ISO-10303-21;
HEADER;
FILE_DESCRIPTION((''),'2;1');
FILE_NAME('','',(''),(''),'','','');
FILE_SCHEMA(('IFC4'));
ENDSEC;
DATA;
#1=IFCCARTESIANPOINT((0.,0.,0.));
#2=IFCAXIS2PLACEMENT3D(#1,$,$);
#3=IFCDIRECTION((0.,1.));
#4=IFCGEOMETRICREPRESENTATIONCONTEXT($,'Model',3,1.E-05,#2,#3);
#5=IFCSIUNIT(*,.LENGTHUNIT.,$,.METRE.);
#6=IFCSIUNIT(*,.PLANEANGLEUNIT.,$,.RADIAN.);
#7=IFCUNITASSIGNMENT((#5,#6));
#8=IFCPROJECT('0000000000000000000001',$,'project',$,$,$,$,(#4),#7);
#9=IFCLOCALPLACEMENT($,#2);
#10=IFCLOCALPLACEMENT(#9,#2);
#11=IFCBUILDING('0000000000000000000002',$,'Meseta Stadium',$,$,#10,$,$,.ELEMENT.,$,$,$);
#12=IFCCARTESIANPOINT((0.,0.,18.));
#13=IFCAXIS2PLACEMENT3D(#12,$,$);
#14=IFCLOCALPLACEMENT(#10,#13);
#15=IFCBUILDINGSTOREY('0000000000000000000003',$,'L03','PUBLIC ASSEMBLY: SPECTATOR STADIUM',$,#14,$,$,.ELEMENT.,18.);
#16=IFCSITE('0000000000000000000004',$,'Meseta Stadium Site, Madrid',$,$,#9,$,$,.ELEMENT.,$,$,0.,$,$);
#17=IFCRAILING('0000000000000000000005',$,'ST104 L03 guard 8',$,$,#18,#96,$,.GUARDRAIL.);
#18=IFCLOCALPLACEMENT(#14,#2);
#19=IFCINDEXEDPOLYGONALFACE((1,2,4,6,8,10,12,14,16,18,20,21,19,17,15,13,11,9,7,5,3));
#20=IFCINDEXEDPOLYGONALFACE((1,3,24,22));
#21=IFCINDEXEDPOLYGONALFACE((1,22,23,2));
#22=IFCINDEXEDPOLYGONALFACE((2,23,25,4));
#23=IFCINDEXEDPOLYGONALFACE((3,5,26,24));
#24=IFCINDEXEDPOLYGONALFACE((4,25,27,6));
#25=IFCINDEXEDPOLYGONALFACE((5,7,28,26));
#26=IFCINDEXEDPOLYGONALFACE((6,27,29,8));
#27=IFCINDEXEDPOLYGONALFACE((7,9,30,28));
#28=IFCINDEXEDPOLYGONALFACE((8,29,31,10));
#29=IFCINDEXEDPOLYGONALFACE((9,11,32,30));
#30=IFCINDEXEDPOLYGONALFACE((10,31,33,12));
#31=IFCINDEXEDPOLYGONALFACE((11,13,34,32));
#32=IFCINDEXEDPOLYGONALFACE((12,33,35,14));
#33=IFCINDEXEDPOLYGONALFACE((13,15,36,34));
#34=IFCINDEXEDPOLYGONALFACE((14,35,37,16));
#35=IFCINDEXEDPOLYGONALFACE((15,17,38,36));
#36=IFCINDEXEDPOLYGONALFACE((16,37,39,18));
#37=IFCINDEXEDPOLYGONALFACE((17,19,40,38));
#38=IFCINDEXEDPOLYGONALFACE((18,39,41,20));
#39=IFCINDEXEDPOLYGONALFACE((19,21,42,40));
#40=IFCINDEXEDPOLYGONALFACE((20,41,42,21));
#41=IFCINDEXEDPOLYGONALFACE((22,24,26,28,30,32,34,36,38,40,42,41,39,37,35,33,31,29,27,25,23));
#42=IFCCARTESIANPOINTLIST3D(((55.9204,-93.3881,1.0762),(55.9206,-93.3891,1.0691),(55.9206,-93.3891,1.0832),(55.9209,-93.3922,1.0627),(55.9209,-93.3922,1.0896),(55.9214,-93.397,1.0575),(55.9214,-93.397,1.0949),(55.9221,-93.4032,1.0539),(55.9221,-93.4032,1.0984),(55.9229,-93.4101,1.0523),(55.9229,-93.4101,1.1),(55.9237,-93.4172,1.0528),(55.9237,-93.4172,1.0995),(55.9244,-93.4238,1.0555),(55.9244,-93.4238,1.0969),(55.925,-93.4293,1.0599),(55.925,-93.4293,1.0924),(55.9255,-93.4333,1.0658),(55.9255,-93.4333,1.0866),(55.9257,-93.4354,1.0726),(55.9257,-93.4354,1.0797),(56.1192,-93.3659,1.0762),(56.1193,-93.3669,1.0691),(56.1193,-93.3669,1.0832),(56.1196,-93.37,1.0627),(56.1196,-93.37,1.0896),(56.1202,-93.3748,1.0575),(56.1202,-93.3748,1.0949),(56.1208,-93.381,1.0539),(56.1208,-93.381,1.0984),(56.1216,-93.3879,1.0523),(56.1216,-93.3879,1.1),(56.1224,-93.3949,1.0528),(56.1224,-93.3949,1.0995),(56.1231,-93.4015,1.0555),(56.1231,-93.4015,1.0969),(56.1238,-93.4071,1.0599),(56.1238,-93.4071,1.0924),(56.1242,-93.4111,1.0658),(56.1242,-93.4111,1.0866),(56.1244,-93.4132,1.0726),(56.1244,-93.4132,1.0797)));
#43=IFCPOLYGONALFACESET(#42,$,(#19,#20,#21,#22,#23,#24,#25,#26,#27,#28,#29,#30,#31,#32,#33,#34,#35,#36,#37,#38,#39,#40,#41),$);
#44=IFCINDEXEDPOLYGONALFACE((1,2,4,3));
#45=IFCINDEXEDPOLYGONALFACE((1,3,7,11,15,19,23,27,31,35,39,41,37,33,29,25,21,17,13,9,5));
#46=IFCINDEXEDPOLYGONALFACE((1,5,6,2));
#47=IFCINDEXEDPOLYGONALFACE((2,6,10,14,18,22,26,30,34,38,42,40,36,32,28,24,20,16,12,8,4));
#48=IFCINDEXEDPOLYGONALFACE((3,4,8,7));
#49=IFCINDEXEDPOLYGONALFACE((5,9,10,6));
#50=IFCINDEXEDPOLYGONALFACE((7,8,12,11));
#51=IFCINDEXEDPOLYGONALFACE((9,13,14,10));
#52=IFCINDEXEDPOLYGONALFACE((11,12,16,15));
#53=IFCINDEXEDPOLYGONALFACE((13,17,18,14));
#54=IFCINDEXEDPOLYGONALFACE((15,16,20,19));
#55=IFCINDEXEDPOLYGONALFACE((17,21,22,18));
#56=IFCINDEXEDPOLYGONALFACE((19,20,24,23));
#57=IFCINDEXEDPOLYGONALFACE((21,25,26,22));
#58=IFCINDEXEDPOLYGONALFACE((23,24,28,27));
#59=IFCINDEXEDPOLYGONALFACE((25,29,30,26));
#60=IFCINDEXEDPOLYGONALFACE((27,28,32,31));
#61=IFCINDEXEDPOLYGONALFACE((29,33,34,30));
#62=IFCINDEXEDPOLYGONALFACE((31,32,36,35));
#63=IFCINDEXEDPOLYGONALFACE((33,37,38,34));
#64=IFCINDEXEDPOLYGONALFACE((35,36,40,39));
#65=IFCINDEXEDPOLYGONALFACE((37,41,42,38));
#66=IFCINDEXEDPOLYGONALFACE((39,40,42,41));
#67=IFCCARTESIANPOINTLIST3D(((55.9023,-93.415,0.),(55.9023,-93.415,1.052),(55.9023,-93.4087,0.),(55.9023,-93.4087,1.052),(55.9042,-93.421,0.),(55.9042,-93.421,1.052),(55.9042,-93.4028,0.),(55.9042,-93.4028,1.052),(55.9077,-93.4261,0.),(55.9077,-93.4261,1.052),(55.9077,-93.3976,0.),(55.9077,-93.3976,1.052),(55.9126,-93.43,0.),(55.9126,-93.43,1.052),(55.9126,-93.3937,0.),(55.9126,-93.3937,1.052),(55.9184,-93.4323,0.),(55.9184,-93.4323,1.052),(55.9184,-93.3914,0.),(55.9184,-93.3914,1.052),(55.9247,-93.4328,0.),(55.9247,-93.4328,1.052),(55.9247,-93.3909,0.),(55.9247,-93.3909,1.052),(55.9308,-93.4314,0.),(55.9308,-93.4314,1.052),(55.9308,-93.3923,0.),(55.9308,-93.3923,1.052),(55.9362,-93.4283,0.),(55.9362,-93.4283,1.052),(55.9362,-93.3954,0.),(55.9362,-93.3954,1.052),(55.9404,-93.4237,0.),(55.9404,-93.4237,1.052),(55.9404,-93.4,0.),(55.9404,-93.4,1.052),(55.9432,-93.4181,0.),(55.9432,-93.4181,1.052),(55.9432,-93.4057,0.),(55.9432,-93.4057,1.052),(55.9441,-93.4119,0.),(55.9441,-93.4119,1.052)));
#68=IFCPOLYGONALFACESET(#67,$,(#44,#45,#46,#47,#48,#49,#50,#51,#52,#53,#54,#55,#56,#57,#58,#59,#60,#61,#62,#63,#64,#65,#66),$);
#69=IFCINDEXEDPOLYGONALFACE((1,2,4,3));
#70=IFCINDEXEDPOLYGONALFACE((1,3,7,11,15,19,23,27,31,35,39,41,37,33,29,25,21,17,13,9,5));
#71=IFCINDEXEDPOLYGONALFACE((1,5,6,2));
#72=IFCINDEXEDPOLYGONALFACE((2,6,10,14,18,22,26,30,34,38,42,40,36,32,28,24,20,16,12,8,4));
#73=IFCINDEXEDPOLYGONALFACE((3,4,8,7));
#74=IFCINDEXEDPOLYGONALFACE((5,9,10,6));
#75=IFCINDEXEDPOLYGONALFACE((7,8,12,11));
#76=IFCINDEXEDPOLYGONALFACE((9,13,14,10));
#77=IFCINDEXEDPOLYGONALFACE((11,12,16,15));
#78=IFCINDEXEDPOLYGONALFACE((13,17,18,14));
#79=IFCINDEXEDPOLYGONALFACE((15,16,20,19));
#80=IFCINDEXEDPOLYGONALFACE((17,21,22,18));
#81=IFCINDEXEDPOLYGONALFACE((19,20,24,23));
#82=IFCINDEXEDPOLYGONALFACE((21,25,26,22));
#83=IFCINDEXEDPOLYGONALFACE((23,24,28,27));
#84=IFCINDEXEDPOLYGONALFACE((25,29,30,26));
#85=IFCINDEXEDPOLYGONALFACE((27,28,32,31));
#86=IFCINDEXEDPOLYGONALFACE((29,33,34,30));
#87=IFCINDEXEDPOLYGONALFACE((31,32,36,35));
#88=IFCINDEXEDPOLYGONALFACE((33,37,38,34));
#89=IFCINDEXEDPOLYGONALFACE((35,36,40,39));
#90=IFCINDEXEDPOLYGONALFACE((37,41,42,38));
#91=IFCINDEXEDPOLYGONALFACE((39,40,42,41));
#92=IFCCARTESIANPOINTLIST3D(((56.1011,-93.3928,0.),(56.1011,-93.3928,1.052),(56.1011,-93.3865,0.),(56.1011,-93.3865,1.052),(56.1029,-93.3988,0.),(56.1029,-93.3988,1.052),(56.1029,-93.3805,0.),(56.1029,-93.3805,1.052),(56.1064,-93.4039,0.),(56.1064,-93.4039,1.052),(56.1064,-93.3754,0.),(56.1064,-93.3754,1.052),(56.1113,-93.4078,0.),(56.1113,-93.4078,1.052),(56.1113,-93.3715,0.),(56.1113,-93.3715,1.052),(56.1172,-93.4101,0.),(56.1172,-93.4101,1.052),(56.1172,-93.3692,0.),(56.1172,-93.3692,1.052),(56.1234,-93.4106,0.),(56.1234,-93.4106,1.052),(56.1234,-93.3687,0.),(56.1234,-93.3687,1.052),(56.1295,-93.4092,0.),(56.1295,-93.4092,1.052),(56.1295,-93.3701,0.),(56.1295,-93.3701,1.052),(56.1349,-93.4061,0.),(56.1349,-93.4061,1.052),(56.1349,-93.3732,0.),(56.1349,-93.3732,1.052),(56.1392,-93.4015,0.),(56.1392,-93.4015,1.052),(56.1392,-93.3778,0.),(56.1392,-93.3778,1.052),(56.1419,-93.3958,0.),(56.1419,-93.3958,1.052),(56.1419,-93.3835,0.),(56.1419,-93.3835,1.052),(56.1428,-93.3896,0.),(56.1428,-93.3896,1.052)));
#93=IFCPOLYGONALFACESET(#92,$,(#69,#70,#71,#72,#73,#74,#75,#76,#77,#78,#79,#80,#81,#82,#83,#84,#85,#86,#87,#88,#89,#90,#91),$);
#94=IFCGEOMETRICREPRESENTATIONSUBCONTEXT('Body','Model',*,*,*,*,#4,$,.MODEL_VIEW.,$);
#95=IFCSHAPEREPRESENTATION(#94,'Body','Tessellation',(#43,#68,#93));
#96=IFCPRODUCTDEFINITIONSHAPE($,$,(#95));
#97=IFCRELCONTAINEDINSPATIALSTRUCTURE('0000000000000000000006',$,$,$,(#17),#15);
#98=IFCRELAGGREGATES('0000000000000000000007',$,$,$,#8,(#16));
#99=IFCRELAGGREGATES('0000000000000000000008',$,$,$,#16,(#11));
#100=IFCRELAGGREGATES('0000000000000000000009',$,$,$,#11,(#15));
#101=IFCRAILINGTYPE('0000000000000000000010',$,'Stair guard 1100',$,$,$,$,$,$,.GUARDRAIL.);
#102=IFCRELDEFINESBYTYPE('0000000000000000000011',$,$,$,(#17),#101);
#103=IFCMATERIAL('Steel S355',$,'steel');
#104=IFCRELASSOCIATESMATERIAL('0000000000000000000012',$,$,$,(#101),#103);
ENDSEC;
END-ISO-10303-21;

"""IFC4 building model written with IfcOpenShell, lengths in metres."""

from ifc_helpers import new_model, si_unit, direction, frame, origin, origin_2d, place, context, subcontext, project, spatial, circle, extrude, material, type_object, element, save


model = new_model("IFC4")

# Units and contexts
model_context = context("Model", 3, precision=1e-05, world=origin(), true_north=direction((0.0, 1.0)))
body_context = subcontext(model_context, "Body", "Model", "MODEL_VIEW")
ifc_project = project(units=[si_unit("LENGTHUNIT", "METRE"), si_unit("PLANEANGLEUNIT", "RADIAN")], contexts=[model_context])

# Site, building, storey
site_placement = place(None, origin())
site = spatial("IfcSite", under=ifc_project, at=site_placement, Name="Meseta Stadium Site, Madrid", CompositionType="ELEMENT", RefElevation=0.0)
building_placement = place(site_placement, origin())
building = spatial("IfcBuilding", under=site, at=building_placement, Name="Meseta Stadium", CompositionType="ELEMENT")
storey_placement = place(building_placement, frame((0.0, 0.0, 18.0)))
storey = spatial("IfcBuildingStorey", under=building, at=storey_placement, Name="L03", Description="PUBLIC ASSEMBLY: SPECTATOR STADIUM", CompositionType="ELEMENT", Elevation=18.0)

# Railing
ifc_material_1 = material(Name="Steel S355", Category="steel")
railing_type_1 = type_object("IfcRailingType", Name="Stair guard 1100", PredefinedType="GUARDRAIL", material=ifc_material_1)
railing_1_placement = place(storey_placement, frame((55.9231, -93.4119, 0.0)))
element("IfcRailing", 1, at=railing_1_placement, inside=storey, type_object=railing_type_1, Name="ST104 L03 guard 8", PredefinedType="GUARDRAIL", context=body_context, shape_type="SweptSolid", body=[
    extrude(circle(Radius=0.0239, at=origin_2d()), frame((0.0, 0.0, 1.0762), z_axis=(0.993809, 0.111102, 0.0), x_axis=(-0.111102, 0.993809, 0.0)), (0.0, 0.0, 1.0), 0.2),
    extrude(circle(Radius=0.021, at=origin_2d()), origin(), (0.0, 0.0, 1.0), 1.052),
    extrude(circle(Radius=0.021, at=origin_2d()), frame((0.1987, 0.0222, 0.0)), (0.0, 0.0, 1.0), 1.052),
])

save(model, "model.ifc")
